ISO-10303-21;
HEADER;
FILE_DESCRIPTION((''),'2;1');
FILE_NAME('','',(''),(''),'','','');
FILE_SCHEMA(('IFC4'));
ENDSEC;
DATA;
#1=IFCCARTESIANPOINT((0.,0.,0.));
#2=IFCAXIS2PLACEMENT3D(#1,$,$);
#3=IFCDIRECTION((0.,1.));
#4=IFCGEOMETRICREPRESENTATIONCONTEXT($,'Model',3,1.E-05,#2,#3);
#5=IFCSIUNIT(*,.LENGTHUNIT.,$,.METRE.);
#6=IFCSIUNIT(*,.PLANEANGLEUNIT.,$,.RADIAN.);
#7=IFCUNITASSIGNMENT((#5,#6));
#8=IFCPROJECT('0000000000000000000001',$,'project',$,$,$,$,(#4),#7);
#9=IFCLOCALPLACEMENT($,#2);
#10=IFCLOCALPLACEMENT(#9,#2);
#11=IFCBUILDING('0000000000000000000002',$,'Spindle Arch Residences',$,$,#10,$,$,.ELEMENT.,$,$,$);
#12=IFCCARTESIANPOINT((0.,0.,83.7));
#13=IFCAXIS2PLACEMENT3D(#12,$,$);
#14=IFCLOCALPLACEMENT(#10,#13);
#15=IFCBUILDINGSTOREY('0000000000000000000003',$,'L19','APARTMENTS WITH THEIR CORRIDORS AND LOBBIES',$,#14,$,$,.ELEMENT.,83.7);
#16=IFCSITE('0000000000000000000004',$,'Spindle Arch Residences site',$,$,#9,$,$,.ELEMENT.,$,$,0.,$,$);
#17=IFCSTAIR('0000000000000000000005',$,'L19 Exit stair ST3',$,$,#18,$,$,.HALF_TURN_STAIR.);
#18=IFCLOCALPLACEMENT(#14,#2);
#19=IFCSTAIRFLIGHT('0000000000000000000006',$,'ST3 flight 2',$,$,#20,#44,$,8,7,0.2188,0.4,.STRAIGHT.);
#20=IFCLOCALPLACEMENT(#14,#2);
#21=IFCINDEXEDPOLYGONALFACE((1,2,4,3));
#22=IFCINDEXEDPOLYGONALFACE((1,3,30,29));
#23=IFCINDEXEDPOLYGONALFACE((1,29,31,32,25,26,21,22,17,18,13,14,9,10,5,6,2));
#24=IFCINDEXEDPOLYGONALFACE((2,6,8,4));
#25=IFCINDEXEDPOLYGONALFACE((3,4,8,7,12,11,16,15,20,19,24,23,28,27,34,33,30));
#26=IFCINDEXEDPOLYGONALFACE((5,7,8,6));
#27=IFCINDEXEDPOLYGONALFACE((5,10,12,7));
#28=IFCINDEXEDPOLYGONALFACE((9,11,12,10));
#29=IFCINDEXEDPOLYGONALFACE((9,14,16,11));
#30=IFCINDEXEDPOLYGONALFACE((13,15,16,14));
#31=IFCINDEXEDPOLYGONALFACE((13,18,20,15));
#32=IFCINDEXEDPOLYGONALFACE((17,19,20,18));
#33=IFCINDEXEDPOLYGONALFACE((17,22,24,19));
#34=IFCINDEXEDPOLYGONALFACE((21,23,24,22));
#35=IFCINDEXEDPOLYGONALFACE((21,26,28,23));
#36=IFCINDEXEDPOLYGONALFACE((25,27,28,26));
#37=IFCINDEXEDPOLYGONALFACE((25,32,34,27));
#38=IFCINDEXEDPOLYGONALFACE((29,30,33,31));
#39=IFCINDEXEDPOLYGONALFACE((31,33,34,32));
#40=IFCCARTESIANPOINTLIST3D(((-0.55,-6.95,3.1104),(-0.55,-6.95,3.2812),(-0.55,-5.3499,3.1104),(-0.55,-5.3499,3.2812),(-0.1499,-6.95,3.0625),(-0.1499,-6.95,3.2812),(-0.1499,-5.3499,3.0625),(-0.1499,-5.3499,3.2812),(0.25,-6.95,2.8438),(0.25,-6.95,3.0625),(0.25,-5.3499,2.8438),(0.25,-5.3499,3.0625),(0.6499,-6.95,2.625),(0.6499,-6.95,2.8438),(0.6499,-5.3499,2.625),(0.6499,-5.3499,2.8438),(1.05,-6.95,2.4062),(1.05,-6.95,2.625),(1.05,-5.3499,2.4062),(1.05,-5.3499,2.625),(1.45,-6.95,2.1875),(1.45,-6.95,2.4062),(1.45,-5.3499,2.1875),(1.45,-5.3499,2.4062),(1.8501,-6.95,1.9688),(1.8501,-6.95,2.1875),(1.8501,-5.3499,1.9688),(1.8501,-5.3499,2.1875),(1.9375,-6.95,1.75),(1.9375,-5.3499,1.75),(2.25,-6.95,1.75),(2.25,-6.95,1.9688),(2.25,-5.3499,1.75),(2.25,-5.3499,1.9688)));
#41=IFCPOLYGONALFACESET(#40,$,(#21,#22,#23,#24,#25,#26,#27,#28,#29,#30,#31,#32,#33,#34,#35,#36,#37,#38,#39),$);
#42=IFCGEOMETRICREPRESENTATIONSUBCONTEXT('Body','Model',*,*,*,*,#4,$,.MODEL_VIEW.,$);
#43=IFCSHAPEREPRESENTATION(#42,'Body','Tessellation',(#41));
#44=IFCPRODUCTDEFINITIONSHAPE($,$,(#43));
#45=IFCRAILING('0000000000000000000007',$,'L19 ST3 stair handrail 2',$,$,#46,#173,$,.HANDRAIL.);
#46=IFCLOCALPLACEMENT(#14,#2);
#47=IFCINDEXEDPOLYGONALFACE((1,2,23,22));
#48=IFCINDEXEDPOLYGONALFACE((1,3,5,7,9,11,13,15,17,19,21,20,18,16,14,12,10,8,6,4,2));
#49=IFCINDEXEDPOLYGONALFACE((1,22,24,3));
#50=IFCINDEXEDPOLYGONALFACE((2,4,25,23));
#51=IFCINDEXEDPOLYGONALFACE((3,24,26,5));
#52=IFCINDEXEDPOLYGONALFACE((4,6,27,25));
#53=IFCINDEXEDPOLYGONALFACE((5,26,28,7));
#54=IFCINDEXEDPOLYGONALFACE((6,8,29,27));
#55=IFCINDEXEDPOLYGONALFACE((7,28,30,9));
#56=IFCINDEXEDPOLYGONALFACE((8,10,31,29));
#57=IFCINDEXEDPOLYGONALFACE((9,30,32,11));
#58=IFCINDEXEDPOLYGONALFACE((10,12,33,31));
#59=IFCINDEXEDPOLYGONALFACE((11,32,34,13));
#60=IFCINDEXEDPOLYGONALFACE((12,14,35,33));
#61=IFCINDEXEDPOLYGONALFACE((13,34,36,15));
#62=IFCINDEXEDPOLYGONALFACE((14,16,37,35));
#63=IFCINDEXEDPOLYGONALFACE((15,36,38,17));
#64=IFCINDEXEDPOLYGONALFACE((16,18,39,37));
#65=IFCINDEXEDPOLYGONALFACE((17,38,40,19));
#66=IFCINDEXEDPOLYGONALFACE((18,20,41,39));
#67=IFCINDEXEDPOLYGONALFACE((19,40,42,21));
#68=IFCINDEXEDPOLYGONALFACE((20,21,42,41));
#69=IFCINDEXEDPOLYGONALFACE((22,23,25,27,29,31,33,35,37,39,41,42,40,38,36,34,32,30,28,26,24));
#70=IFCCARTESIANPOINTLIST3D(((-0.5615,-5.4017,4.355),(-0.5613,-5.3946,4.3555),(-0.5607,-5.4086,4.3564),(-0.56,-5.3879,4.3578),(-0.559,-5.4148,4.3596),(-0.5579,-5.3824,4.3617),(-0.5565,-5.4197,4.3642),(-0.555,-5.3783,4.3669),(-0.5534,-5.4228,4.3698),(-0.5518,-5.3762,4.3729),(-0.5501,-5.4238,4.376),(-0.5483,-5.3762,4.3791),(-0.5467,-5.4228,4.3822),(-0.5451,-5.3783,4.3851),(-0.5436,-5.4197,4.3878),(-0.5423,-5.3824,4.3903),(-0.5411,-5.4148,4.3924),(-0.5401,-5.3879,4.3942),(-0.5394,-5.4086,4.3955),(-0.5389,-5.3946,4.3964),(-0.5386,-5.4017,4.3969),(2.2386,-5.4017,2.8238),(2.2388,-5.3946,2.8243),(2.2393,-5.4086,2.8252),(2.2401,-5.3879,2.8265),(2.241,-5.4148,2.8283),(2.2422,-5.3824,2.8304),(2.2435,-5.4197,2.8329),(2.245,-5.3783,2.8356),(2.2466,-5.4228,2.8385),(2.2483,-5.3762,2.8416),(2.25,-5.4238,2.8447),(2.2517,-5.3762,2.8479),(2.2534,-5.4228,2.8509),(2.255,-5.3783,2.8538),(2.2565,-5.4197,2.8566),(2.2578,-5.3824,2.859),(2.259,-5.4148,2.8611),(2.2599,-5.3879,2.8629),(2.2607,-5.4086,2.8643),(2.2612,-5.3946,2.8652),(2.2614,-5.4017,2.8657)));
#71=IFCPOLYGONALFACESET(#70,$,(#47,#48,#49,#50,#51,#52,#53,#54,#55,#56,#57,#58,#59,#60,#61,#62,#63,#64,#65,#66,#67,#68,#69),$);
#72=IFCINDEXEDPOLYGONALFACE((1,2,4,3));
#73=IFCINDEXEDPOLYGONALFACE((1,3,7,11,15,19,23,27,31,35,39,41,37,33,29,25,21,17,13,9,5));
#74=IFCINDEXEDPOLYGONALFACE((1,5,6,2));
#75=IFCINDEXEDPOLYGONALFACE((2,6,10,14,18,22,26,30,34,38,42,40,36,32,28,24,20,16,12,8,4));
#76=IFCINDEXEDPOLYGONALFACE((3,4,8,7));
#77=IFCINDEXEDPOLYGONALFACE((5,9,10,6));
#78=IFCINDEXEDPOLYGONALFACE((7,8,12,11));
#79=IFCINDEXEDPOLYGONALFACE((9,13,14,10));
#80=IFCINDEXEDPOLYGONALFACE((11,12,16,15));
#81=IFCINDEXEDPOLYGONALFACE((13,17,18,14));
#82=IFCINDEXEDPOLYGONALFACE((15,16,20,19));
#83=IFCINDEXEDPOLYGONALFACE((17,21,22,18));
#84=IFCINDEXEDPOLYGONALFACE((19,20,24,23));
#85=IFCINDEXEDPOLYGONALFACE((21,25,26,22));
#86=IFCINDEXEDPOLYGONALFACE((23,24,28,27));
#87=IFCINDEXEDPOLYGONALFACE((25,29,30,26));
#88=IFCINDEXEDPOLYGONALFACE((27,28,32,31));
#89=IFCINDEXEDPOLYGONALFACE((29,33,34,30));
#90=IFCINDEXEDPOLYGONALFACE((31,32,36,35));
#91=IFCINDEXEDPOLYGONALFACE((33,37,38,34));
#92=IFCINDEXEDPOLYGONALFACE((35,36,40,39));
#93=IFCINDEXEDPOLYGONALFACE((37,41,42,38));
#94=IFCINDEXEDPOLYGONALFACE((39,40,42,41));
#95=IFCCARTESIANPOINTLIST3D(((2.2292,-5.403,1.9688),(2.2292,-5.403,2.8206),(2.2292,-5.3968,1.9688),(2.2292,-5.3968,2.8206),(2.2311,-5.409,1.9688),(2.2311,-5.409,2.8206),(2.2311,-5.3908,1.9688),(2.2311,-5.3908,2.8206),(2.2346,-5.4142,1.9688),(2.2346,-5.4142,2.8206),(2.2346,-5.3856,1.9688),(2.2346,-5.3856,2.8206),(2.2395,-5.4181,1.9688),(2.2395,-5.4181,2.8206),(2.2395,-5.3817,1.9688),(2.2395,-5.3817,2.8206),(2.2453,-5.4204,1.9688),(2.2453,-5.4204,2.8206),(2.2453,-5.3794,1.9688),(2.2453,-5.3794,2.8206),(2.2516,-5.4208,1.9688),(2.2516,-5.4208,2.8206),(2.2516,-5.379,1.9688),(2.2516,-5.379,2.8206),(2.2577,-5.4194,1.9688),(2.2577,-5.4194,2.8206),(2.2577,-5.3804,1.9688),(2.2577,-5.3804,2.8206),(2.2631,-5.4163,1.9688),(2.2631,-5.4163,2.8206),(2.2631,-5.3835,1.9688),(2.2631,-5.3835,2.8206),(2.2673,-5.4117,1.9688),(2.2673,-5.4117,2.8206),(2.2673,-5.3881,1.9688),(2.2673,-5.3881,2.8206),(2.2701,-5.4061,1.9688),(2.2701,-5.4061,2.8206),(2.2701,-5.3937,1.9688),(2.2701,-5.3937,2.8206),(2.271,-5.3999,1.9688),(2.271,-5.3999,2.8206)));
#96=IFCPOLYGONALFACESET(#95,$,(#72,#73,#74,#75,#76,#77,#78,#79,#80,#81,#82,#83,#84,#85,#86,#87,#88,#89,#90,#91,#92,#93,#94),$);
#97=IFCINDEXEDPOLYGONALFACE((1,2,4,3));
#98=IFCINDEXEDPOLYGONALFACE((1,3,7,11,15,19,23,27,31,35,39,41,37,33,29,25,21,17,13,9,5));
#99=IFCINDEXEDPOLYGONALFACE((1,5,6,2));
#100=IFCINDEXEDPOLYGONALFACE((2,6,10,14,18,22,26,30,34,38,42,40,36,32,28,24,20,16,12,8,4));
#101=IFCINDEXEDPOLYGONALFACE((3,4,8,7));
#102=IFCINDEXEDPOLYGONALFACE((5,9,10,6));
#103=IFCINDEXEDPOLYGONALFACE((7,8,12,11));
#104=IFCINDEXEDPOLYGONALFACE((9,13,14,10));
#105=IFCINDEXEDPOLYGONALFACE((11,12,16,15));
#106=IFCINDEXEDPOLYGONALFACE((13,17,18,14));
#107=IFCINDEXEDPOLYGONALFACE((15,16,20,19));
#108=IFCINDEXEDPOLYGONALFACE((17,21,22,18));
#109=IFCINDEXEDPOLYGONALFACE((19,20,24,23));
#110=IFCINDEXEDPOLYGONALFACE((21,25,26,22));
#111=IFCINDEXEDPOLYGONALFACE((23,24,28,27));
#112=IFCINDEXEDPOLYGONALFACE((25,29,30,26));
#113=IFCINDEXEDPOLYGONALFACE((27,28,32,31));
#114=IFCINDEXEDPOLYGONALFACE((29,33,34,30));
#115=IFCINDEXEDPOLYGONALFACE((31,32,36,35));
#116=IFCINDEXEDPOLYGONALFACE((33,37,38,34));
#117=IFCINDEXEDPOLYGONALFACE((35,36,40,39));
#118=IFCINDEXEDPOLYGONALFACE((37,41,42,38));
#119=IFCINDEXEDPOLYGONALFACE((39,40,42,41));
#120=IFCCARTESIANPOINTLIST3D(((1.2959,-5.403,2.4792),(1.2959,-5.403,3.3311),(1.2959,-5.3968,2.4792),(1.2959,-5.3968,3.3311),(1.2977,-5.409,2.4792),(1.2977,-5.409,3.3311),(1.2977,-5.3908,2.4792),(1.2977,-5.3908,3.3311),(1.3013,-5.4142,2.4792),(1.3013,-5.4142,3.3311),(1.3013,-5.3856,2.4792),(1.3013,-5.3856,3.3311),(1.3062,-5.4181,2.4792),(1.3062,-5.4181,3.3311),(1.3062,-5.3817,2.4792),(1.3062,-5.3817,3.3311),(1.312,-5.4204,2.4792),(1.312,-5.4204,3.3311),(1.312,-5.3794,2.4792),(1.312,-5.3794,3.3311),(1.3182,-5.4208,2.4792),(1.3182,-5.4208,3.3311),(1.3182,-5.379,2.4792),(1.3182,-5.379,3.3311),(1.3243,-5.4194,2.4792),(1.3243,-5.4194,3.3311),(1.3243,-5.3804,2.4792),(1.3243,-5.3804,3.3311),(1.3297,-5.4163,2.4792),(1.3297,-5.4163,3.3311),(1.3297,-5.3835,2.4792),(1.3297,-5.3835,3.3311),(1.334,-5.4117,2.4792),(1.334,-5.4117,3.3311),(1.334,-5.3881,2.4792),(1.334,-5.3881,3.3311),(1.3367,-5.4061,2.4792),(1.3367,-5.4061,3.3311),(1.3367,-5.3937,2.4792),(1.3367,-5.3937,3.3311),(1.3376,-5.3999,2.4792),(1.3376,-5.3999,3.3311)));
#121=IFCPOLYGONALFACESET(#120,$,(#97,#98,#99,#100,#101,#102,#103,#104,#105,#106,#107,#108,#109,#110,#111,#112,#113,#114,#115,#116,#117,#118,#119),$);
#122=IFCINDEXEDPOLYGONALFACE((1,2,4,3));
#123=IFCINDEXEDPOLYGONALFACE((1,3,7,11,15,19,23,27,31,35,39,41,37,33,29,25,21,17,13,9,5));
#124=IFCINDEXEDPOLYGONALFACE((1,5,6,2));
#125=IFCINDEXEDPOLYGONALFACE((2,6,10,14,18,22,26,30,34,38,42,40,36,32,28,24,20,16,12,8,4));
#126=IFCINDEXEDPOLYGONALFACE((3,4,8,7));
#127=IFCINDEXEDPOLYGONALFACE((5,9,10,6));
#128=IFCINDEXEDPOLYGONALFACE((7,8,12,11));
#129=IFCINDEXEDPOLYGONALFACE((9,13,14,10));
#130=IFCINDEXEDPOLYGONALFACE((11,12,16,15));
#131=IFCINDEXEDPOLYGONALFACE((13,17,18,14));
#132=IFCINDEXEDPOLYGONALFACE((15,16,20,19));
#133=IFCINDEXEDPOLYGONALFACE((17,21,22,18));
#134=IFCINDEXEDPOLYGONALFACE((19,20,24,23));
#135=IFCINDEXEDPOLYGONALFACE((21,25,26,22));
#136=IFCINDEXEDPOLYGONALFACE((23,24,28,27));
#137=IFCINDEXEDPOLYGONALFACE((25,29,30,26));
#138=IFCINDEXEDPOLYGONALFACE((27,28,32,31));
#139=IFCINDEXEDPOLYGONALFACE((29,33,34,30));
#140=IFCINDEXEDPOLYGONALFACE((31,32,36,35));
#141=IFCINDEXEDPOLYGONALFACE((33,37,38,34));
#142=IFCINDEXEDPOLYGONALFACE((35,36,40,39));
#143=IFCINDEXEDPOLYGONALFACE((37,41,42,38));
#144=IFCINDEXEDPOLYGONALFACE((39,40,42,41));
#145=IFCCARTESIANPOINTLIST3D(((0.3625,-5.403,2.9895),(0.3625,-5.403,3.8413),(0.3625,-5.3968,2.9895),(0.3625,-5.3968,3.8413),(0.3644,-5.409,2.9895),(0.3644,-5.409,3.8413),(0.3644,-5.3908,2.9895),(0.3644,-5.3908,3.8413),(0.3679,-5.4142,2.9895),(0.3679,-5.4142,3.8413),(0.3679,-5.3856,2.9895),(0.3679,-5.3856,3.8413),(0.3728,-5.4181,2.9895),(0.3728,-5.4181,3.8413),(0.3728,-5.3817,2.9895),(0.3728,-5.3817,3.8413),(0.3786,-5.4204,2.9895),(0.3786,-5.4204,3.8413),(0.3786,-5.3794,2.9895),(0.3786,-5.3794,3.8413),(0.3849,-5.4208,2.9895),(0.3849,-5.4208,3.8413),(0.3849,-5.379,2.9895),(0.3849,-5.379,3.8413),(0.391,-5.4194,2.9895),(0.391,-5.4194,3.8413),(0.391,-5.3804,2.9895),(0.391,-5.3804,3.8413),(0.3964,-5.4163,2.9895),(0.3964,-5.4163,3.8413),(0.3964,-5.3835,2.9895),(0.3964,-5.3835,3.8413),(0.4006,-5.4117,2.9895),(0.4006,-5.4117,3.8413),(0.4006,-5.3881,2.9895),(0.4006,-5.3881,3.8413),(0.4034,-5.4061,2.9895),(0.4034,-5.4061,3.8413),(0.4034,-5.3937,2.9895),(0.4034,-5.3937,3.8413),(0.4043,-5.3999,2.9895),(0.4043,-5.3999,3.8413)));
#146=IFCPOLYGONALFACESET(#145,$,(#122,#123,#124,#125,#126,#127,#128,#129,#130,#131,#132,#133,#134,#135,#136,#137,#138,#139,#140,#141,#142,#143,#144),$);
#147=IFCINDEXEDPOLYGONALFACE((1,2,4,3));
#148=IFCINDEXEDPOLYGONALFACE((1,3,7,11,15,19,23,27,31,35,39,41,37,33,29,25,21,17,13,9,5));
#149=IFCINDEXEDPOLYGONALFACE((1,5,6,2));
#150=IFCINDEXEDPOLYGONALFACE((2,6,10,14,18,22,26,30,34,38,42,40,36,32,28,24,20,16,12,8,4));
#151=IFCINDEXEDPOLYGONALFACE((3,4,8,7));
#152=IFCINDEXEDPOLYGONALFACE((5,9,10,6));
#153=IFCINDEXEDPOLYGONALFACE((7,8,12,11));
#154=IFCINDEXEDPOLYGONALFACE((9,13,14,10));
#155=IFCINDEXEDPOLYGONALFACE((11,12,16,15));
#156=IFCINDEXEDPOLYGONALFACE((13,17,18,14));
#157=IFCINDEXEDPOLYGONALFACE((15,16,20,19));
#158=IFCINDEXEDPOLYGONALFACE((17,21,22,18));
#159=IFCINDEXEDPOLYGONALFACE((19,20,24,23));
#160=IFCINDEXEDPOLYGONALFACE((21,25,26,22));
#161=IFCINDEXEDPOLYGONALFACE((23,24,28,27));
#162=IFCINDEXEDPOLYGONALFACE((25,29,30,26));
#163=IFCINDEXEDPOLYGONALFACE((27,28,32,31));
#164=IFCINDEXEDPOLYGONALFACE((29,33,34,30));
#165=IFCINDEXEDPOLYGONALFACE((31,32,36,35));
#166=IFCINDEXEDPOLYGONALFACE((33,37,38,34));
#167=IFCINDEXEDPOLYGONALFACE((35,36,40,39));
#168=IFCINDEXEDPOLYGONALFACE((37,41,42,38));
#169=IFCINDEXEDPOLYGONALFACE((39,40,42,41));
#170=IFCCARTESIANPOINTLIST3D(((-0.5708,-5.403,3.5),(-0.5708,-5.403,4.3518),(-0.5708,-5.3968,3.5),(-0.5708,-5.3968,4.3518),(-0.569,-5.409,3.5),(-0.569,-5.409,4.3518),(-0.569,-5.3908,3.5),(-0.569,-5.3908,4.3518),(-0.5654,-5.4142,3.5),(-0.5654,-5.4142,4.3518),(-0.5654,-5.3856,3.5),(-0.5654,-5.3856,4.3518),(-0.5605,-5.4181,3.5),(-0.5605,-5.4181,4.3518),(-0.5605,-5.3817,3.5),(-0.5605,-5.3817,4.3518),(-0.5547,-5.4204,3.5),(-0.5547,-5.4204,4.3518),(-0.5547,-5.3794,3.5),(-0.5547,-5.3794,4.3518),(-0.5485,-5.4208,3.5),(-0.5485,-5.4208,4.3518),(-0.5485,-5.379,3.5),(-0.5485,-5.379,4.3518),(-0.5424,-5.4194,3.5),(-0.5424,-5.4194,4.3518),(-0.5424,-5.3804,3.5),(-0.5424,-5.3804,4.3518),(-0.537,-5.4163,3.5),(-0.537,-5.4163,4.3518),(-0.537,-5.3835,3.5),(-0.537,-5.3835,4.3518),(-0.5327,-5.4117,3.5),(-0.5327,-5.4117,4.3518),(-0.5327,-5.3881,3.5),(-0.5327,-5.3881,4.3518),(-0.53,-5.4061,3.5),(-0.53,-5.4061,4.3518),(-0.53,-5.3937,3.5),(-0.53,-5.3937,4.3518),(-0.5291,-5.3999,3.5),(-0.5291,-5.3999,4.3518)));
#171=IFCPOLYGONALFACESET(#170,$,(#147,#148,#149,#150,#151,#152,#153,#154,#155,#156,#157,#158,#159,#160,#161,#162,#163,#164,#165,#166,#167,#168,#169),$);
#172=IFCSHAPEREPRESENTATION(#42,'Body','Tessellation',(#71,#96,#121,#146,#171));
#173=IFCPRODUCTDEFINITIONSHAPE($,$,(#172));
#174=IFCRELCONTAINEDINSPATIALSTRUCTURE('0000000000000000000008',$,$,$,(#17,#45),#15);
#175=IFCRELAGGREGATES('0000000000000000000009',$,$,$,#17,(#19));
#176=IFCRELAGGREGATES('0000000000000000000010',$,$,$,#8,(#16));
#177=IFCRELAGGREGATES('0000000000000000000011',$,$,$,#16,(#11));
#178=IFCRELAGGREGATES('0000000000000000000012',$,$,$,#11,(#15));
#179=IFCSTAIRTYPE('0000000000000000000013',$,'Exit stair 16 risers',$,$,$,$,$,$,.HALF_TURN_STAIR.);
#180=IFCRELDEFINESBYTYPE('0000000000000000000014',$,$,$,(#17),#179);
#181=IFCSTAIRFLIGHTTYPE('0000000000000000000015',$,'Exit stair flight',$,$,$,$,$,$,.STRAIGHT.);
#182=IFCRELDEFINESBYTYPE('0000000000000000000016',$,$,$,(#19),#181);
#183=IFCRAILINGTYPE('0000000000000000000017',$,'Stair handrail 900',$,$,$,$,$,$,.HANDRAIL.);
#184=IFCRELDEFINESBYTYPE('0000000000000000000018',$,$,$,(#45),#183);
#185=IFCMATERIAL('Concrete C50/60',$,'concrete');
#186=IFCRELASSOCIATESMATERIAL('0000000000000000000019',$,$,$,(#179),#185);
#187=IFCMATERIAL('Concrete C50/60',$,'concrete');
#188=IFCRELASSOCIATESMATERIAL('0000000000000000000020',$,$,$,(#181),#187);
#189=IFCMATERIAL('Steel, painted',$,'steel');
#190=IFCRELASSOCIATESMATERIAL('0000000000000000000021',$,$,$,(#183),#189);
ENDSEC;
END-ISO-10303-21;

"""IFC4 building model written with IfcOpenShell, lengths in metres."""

from ifc_helpers import new_model, si_unit, direction, frame, origin, origin_2d, place, context, subcontext, project, spatial, polyline, circle, outline, extrude, material, type_object, element, aggregate, save


model = new_model("IFC4")

# Units and contexts
model_context = context("Model", 3, precision=1e-05, world=origin(), true_north=direction((0.0, 1.0)))
body_context = subcontext(model_context, "Body", "Model", "MODEL_VIEW")
ifc_project = project(units=[si_unit("LENGTHUNIT", "METRE"), si_unit("PLANEANGLEUNIT", "RADIAN")], contexts=[model_context])

# Site, building, storey
site_placement = place(None, origin())
site = spatial("IfcSite", under=ifc_project, at=site_placement, Name="Spindle Arch Residences site", CompositionType="ELEMENT", RefElevation=0.0)
building_placement = place(site_placement, origin())
building = spatial("IfcBuilding", under=site, at=building_placement, Name="Spindle Arch Residences", CompositionType="ELEMENT")
storey_placement = place(building_placement, frame((0.0, 0.0, 83.7)))
storey = spatial("IfcBuildingStorey", under=building, at=storey_placement, Name="L19", Description="APARTMENTS WITH THEIR CORRIDORS AND LOBBIES", CompositionType="ELEMENT", Elevation=83.7)

# Stair, stair flight
ifc_material_1 = material(Name="Concrete C50/60", Category="concrete")
stair_type = type_object("IfcStairType", Name="Exit stair 16 risers", PredefinedType="HALF_TURN_STAIR", material=ifc_material_1)
stair_placement = place(storey_placement, origin())
stair = element("IfcStair", 1, at=stair_placement, inside=storey, type_object=stair_type, Name="L19 Exit stair ST3", PredefinedType="HALF_TURN_STAIR")
ifc_material_2 = material(Name="Concrete C50/60", Category="concrete")
stair_flight_type = type_object("IfcStairFlightType", Name="Exit stair flight", PredefinedType="STRAIGHT", material=ifc_material_2)
stair_flight_placement = place(storey_placement, frame((2.25, -6.1499, 1.75), z_axis=(0.0, 0.0, 1.0), x_axis=(-1.0, 0.0, 0.0)))
stair_flight = element("IfcStairFlight", 2, at=stair_flight_placement, type_object=stair_flight_type, Name="ST3 flight 2", NumberOfRisers=8, NumberOfTreads=7, PredefinedType="STRAIGHT", RiserHeight=0.2188, TreadLength=0.4, context=body_context, shape_type="SweptSolid", body=[
    extrude(outline(polyline([(0.0, 0.0), (0.0, 0.2188), (0.3999, 0.2188), (0.3999, 0.4375), (0.8, 0.4375), (0.8, 0.6562), (1.2, 0.6562), (1.2, 0.875), (1.6001, 0.875), (1.6001, 1.0938), (2.0, 1.0938), (2.0, 1.3125), (2.3999, 1.3125), (2.3999, 1.5312), (2.8, 1.5312), (2.8, 1.75), (2.8, 1.3604), (0.3125, 0.0), (0.0, 0.0)])), frame((0.0, 0.8, 0.0), z_axis=(0.0, -1.0, 0.0), x_axis=(1.0, 0.0, 0.0)), (0.0, 0.0, 1.0), 1.6001),
])
aggregate(stair, [stair_flight])

# Railing
ifc_material_3 = material(Name="Steel, painted", Category="steel")
railing_type = type_object("IfcRailingType", Name="Stair handrail 900", PredefinedType="HANDRAIL", material=ifc_material_3)
railing_placement = place(storey_placement, frame((2.25, -5.3999, 1.9688)))
element("IfcRailing", 3, at=railing_placement, inside=storey, type_object=railing_type, Name="L19 ST3 stair handrail 2", PredefinedType="HANDRAIL", context=body_context, shape_type="SweptSolid", body=[
    extrude(circle(Radius=0.0239, at=origin_2d()), frame((0.0, 0.0, 0.876), z_axis=(-0.877375, 0.0, 0.479806), x_axis=(0.0, -1.0, 0.0)), (0.0, 0.0, 1.0), 3.1914),
    extrude(circle(Radius=0.021, at=origin_2d()), origin(), (0.0, 0.0, 1.0), 0.8518),
    extrude(circle(Radius=0.021, at=origin_2d()), frame((-0.9333, 0.0, 0.5105)), (0.0, 0.0, 1.0), 0.8518),
    extrude(circle(Radius=0.021, at=origin_2d()), frame((-1.8667, 0.0, 1.0208)), (0.0, 0.0, 1.0), 0.8518),
    extrude(circle(Radius=0.021, at=origin_2d()), frame((-2.8, 0.0, 1.5312)), (0.0, 0.0, 1.0), 0.8518),
])

save(model, "model.ifc")
